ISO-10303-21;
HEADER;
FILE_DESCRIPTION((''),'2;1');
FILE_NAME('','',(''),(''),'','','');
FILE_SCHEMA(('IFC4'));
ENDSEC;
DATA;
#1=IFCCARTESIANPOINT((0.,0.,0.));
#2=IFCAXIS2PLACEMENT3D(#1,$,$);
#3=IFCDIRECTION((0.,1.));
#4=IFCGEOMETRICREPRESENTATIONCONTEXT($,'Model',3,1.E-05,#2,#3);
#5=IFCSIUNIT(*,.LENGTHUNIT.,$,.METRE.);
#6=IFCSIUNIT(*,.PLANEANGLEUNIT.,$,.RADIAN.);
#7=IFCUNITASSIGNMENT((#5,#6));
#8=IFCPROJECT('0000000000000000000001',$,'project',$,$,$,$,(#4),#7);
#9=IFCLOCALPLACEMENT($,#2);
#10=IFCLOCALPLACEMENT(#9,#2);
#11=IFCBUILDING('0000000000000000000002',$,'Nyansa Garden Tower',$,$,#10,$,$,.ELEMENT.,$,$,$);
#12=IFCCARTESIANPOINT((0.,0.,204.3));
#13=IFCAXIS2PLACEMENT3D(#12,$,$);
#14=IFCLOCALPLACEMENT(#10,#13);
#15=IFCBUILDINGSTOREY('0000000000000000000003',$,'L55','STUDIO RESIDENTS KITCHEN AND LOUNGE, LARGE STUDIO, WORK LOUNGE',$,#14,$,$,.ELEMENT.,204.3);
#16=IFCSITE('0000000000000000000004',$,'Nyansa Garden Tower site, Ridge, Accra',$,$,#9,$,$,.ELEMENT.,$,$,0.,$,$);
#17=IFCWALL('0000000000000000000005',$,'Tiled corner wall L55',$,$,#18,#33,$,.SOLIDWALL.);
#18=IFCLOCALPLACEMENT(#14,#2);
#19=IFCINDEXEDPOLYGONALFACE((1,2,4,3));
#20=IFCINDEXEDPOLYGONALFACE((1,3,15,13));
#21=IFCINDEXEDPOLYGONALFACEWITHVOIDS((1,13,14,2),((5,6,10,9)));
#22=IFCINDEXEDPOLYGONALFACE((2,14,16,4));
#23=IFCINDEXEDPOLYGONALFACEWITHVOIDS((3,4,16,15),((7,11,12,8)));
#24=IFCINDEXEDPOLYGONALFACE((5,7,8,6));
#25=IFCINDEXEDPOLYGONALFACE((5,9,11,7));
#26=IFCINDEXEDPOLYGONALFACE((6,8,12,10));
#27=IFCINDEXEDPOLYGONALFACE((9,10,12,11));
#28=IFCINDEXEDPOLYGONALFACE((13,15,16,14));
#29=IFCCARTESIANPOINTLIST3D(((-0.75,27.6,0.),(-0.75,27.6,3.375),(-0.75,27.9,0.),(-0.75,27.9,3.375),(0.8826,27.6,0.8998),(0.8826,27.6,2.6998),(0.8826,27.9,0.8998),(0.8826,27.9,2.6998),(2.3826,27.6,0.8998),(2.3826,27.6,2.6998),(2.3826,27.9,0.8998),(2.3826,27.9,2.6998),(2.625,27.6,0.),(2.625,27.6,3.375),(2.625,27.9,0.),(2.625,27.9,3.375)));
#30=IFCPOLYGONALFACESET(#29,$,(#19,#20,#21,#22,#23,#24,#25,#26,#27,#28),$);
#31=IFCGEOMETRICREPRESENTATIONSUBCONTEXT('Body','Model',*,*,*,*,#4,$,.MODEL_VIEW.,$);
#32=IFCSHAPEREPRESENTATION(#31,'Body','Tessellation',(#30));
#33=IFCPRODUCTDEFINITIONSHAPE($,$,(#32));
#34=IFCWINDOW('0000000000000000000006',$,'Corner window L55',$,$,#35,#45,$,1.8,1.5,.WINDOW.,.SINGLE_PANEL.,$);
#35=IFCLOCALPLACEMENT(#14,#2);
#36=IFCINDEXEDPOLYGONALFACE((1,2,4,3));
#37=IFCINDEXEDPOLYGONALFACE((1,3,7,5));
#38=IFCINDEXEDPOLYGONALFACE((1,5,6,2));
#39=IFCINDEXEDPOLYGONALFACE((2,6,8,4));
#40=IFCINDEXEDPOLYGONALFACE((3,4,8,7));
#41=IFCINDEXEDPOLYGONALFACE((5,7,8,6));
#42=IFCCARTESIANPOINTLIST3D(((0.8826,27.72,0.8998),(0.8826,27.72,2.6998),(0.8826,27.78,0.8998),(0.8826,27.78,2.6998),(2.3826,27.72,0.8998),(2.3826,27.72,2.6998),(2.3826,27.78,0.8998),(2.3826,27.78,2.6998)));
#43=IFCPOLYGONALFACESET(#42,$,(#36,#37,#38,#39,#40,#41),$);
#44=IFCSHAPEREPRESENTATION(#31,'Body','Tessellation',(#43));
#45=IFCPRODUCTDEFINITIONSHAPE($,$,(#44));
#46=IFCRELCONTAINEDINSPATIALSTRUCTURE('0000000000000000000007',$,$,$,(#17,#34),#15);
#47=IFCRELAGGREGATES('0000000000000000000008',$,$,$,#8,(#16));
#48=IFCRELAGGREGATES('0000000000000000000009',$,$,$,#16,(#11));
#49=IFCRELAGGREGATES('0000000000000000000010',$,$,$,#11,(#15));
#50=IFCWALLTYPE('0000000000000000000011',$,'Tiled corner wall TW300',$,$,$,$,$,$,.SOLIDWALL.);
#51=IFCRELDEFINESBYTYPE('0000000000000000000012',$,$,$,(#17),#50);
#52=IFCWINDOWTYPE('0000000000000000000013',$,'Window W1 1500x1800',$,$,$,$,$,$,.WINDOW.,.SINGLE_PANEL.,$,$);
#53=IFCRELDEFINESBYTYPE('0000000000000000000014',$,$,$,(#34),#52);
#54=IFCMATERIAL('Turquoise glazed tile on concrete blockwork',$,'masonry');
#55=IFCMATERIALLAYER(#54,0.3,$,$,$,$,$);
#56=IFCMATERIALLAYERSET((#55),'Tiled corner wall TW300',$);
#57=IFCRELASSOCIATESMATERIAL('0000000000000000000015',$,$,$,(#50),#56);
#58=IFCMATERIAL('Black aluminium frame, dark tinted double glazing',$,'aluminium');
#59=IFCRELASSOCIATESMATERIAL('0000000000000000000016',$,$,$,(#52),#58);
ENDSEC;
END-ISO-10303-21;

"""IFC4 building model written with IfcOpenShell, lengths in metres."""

from ifc_helpers import new_model, si_unit, direction, frame, frame_2d, origin, place, context, subcontext, project, spatial, rectangle, extrude, material, layer, layer_set, type_object, element, fill, save


model = new_model("IFC4")

# Units and contexts
model_context = context("Model", 3, precision=1e-05, world=origin(), true_north=direction((0.0, 1.0)))
body_context = subcontext(model_context, "Body", "Model", "MODEL_VIEW")
ifc_project = project(units=[si_unit("LENGTHUNIT", "METRE"), si_unit("PLANEANGLEUNIT", "RADIAN")], contexts=[model_context])

# Site, building, storey
site_placement = place(None, origin())
site = spatial("IfcSite", under=ifc_project, at=site_placement, Name="Nyansa Garden Tower site, Ridge, Accra", CompositionType="ELEMENT", RefElevation=0.0)
building_placement = place(site_placement, origin())
building = spatial("IfcBuilding", under=site, at=building_placement, Name="Nyansa Garden Tower", CompositionType="ELEMENT")
storey_placement = place(building_placement, frame((0.0, 0.0, 204.3)))
storey = spatial("IfcBuildingStorey", under=building, at=storey_placement, Name="L55", Description="STUDIO RESIDENTS KITCHEN AND LOUNGE, LARGE STUDIO, WORK LOUNGE", CompositionType="ELEMENT", Elevation=204.3)

# Wall, opening, window
ifc_material_1 = material(Name="Turquoise glazed tile on concrete blockwork", Category="masonry")
ifc_layer_1 = layer(ifc_material_1, 0.3)
ifc_layer_set_1 = layer_set([ifc_layer_1], Name="Tiled corner wall TW300")
wall_type_1 = type_object("IfcWallType", Name="Tiled corner wall TW300", PredefinedType="SOLIDWALL", material=ifc_layer_set_1)
wall_1_placement = place(storey_placement, frame((2.625, 27.75, 0.0), z_axis=(0.0, 0.0, 1.0), x_axis=(-1.0, 0.0, 0.0)))
wall_1 = element("IfcWall", 1, at=wall_1_placement, inside=storey, type_object=wall_type_1, Name="Tiled corner wall L55", PredefinedType="SOLIDWALL", context=body_context, shape_type="SweptSolid", body=[
    extrude(rectangle(XDim=3.375, YDim=0.3, at=frame_2d((1.6875, 0.0))), origin(), (0.0, 0.0, 1.0), 3.375),
])
opening_1_placement = place(wall_1_placement, frame((0.2424, 0.0, 0.8999)))
opening_1 = element("IfcOpeningElement", 2, at=opening_1_placement, cuts=wall_1, PredefinedType="OPENING", context=body_context, shape_type="SweptSolid", body=[
    extrude(rectangle(XDim=1.5, YDim=1.8, at=frame_2d((0.75, 0.8999))), frame((0.0, 0.1599, 0.0), z_axis=(0.0, -1.0, 0.0), x_axis=(1.0, 0.0, 0.0)), (0.0, 0.0, 1.0), 0.3201),
])
ifc_material_2 = material(Name="Black aluminium frame, dark tinted double glazing", Category="aluminium")
window_type_1 = type_object("IfcWindowType", Name="Window W1 1500x1800", PartitioningType="SINGLE_PANEL", PredefinedType="WINDOW", material=ifc_material_2)
window_1_placement = place(opening_1_placement, origin())
window_1 = element("IfcWindow", 3, at=window_1_placement, inside=storey, type_object=window_type_1, Name="Corner window L55", OverallHeight=1.8, OverallWidth=1.5, PartitioningType="SINGLE_PANEL", PredefinedType="WINDOW", context=body_context, shape_type="SweptSolid", body=[
    extrude(rectangle(XDim=1.5, YDim=1.8, at=frame_2d((0.75, 0.8999))), frame((0.0, 0.03, 0.0), z_axis=(0.0, -1.0, 0.0), x_axis=(1.0, 0.0, 0.0)), (0.0, 0.0, 1.0), 0.0601),
])
fill(opening_1, window_1)

save(model, "model.ifc")
